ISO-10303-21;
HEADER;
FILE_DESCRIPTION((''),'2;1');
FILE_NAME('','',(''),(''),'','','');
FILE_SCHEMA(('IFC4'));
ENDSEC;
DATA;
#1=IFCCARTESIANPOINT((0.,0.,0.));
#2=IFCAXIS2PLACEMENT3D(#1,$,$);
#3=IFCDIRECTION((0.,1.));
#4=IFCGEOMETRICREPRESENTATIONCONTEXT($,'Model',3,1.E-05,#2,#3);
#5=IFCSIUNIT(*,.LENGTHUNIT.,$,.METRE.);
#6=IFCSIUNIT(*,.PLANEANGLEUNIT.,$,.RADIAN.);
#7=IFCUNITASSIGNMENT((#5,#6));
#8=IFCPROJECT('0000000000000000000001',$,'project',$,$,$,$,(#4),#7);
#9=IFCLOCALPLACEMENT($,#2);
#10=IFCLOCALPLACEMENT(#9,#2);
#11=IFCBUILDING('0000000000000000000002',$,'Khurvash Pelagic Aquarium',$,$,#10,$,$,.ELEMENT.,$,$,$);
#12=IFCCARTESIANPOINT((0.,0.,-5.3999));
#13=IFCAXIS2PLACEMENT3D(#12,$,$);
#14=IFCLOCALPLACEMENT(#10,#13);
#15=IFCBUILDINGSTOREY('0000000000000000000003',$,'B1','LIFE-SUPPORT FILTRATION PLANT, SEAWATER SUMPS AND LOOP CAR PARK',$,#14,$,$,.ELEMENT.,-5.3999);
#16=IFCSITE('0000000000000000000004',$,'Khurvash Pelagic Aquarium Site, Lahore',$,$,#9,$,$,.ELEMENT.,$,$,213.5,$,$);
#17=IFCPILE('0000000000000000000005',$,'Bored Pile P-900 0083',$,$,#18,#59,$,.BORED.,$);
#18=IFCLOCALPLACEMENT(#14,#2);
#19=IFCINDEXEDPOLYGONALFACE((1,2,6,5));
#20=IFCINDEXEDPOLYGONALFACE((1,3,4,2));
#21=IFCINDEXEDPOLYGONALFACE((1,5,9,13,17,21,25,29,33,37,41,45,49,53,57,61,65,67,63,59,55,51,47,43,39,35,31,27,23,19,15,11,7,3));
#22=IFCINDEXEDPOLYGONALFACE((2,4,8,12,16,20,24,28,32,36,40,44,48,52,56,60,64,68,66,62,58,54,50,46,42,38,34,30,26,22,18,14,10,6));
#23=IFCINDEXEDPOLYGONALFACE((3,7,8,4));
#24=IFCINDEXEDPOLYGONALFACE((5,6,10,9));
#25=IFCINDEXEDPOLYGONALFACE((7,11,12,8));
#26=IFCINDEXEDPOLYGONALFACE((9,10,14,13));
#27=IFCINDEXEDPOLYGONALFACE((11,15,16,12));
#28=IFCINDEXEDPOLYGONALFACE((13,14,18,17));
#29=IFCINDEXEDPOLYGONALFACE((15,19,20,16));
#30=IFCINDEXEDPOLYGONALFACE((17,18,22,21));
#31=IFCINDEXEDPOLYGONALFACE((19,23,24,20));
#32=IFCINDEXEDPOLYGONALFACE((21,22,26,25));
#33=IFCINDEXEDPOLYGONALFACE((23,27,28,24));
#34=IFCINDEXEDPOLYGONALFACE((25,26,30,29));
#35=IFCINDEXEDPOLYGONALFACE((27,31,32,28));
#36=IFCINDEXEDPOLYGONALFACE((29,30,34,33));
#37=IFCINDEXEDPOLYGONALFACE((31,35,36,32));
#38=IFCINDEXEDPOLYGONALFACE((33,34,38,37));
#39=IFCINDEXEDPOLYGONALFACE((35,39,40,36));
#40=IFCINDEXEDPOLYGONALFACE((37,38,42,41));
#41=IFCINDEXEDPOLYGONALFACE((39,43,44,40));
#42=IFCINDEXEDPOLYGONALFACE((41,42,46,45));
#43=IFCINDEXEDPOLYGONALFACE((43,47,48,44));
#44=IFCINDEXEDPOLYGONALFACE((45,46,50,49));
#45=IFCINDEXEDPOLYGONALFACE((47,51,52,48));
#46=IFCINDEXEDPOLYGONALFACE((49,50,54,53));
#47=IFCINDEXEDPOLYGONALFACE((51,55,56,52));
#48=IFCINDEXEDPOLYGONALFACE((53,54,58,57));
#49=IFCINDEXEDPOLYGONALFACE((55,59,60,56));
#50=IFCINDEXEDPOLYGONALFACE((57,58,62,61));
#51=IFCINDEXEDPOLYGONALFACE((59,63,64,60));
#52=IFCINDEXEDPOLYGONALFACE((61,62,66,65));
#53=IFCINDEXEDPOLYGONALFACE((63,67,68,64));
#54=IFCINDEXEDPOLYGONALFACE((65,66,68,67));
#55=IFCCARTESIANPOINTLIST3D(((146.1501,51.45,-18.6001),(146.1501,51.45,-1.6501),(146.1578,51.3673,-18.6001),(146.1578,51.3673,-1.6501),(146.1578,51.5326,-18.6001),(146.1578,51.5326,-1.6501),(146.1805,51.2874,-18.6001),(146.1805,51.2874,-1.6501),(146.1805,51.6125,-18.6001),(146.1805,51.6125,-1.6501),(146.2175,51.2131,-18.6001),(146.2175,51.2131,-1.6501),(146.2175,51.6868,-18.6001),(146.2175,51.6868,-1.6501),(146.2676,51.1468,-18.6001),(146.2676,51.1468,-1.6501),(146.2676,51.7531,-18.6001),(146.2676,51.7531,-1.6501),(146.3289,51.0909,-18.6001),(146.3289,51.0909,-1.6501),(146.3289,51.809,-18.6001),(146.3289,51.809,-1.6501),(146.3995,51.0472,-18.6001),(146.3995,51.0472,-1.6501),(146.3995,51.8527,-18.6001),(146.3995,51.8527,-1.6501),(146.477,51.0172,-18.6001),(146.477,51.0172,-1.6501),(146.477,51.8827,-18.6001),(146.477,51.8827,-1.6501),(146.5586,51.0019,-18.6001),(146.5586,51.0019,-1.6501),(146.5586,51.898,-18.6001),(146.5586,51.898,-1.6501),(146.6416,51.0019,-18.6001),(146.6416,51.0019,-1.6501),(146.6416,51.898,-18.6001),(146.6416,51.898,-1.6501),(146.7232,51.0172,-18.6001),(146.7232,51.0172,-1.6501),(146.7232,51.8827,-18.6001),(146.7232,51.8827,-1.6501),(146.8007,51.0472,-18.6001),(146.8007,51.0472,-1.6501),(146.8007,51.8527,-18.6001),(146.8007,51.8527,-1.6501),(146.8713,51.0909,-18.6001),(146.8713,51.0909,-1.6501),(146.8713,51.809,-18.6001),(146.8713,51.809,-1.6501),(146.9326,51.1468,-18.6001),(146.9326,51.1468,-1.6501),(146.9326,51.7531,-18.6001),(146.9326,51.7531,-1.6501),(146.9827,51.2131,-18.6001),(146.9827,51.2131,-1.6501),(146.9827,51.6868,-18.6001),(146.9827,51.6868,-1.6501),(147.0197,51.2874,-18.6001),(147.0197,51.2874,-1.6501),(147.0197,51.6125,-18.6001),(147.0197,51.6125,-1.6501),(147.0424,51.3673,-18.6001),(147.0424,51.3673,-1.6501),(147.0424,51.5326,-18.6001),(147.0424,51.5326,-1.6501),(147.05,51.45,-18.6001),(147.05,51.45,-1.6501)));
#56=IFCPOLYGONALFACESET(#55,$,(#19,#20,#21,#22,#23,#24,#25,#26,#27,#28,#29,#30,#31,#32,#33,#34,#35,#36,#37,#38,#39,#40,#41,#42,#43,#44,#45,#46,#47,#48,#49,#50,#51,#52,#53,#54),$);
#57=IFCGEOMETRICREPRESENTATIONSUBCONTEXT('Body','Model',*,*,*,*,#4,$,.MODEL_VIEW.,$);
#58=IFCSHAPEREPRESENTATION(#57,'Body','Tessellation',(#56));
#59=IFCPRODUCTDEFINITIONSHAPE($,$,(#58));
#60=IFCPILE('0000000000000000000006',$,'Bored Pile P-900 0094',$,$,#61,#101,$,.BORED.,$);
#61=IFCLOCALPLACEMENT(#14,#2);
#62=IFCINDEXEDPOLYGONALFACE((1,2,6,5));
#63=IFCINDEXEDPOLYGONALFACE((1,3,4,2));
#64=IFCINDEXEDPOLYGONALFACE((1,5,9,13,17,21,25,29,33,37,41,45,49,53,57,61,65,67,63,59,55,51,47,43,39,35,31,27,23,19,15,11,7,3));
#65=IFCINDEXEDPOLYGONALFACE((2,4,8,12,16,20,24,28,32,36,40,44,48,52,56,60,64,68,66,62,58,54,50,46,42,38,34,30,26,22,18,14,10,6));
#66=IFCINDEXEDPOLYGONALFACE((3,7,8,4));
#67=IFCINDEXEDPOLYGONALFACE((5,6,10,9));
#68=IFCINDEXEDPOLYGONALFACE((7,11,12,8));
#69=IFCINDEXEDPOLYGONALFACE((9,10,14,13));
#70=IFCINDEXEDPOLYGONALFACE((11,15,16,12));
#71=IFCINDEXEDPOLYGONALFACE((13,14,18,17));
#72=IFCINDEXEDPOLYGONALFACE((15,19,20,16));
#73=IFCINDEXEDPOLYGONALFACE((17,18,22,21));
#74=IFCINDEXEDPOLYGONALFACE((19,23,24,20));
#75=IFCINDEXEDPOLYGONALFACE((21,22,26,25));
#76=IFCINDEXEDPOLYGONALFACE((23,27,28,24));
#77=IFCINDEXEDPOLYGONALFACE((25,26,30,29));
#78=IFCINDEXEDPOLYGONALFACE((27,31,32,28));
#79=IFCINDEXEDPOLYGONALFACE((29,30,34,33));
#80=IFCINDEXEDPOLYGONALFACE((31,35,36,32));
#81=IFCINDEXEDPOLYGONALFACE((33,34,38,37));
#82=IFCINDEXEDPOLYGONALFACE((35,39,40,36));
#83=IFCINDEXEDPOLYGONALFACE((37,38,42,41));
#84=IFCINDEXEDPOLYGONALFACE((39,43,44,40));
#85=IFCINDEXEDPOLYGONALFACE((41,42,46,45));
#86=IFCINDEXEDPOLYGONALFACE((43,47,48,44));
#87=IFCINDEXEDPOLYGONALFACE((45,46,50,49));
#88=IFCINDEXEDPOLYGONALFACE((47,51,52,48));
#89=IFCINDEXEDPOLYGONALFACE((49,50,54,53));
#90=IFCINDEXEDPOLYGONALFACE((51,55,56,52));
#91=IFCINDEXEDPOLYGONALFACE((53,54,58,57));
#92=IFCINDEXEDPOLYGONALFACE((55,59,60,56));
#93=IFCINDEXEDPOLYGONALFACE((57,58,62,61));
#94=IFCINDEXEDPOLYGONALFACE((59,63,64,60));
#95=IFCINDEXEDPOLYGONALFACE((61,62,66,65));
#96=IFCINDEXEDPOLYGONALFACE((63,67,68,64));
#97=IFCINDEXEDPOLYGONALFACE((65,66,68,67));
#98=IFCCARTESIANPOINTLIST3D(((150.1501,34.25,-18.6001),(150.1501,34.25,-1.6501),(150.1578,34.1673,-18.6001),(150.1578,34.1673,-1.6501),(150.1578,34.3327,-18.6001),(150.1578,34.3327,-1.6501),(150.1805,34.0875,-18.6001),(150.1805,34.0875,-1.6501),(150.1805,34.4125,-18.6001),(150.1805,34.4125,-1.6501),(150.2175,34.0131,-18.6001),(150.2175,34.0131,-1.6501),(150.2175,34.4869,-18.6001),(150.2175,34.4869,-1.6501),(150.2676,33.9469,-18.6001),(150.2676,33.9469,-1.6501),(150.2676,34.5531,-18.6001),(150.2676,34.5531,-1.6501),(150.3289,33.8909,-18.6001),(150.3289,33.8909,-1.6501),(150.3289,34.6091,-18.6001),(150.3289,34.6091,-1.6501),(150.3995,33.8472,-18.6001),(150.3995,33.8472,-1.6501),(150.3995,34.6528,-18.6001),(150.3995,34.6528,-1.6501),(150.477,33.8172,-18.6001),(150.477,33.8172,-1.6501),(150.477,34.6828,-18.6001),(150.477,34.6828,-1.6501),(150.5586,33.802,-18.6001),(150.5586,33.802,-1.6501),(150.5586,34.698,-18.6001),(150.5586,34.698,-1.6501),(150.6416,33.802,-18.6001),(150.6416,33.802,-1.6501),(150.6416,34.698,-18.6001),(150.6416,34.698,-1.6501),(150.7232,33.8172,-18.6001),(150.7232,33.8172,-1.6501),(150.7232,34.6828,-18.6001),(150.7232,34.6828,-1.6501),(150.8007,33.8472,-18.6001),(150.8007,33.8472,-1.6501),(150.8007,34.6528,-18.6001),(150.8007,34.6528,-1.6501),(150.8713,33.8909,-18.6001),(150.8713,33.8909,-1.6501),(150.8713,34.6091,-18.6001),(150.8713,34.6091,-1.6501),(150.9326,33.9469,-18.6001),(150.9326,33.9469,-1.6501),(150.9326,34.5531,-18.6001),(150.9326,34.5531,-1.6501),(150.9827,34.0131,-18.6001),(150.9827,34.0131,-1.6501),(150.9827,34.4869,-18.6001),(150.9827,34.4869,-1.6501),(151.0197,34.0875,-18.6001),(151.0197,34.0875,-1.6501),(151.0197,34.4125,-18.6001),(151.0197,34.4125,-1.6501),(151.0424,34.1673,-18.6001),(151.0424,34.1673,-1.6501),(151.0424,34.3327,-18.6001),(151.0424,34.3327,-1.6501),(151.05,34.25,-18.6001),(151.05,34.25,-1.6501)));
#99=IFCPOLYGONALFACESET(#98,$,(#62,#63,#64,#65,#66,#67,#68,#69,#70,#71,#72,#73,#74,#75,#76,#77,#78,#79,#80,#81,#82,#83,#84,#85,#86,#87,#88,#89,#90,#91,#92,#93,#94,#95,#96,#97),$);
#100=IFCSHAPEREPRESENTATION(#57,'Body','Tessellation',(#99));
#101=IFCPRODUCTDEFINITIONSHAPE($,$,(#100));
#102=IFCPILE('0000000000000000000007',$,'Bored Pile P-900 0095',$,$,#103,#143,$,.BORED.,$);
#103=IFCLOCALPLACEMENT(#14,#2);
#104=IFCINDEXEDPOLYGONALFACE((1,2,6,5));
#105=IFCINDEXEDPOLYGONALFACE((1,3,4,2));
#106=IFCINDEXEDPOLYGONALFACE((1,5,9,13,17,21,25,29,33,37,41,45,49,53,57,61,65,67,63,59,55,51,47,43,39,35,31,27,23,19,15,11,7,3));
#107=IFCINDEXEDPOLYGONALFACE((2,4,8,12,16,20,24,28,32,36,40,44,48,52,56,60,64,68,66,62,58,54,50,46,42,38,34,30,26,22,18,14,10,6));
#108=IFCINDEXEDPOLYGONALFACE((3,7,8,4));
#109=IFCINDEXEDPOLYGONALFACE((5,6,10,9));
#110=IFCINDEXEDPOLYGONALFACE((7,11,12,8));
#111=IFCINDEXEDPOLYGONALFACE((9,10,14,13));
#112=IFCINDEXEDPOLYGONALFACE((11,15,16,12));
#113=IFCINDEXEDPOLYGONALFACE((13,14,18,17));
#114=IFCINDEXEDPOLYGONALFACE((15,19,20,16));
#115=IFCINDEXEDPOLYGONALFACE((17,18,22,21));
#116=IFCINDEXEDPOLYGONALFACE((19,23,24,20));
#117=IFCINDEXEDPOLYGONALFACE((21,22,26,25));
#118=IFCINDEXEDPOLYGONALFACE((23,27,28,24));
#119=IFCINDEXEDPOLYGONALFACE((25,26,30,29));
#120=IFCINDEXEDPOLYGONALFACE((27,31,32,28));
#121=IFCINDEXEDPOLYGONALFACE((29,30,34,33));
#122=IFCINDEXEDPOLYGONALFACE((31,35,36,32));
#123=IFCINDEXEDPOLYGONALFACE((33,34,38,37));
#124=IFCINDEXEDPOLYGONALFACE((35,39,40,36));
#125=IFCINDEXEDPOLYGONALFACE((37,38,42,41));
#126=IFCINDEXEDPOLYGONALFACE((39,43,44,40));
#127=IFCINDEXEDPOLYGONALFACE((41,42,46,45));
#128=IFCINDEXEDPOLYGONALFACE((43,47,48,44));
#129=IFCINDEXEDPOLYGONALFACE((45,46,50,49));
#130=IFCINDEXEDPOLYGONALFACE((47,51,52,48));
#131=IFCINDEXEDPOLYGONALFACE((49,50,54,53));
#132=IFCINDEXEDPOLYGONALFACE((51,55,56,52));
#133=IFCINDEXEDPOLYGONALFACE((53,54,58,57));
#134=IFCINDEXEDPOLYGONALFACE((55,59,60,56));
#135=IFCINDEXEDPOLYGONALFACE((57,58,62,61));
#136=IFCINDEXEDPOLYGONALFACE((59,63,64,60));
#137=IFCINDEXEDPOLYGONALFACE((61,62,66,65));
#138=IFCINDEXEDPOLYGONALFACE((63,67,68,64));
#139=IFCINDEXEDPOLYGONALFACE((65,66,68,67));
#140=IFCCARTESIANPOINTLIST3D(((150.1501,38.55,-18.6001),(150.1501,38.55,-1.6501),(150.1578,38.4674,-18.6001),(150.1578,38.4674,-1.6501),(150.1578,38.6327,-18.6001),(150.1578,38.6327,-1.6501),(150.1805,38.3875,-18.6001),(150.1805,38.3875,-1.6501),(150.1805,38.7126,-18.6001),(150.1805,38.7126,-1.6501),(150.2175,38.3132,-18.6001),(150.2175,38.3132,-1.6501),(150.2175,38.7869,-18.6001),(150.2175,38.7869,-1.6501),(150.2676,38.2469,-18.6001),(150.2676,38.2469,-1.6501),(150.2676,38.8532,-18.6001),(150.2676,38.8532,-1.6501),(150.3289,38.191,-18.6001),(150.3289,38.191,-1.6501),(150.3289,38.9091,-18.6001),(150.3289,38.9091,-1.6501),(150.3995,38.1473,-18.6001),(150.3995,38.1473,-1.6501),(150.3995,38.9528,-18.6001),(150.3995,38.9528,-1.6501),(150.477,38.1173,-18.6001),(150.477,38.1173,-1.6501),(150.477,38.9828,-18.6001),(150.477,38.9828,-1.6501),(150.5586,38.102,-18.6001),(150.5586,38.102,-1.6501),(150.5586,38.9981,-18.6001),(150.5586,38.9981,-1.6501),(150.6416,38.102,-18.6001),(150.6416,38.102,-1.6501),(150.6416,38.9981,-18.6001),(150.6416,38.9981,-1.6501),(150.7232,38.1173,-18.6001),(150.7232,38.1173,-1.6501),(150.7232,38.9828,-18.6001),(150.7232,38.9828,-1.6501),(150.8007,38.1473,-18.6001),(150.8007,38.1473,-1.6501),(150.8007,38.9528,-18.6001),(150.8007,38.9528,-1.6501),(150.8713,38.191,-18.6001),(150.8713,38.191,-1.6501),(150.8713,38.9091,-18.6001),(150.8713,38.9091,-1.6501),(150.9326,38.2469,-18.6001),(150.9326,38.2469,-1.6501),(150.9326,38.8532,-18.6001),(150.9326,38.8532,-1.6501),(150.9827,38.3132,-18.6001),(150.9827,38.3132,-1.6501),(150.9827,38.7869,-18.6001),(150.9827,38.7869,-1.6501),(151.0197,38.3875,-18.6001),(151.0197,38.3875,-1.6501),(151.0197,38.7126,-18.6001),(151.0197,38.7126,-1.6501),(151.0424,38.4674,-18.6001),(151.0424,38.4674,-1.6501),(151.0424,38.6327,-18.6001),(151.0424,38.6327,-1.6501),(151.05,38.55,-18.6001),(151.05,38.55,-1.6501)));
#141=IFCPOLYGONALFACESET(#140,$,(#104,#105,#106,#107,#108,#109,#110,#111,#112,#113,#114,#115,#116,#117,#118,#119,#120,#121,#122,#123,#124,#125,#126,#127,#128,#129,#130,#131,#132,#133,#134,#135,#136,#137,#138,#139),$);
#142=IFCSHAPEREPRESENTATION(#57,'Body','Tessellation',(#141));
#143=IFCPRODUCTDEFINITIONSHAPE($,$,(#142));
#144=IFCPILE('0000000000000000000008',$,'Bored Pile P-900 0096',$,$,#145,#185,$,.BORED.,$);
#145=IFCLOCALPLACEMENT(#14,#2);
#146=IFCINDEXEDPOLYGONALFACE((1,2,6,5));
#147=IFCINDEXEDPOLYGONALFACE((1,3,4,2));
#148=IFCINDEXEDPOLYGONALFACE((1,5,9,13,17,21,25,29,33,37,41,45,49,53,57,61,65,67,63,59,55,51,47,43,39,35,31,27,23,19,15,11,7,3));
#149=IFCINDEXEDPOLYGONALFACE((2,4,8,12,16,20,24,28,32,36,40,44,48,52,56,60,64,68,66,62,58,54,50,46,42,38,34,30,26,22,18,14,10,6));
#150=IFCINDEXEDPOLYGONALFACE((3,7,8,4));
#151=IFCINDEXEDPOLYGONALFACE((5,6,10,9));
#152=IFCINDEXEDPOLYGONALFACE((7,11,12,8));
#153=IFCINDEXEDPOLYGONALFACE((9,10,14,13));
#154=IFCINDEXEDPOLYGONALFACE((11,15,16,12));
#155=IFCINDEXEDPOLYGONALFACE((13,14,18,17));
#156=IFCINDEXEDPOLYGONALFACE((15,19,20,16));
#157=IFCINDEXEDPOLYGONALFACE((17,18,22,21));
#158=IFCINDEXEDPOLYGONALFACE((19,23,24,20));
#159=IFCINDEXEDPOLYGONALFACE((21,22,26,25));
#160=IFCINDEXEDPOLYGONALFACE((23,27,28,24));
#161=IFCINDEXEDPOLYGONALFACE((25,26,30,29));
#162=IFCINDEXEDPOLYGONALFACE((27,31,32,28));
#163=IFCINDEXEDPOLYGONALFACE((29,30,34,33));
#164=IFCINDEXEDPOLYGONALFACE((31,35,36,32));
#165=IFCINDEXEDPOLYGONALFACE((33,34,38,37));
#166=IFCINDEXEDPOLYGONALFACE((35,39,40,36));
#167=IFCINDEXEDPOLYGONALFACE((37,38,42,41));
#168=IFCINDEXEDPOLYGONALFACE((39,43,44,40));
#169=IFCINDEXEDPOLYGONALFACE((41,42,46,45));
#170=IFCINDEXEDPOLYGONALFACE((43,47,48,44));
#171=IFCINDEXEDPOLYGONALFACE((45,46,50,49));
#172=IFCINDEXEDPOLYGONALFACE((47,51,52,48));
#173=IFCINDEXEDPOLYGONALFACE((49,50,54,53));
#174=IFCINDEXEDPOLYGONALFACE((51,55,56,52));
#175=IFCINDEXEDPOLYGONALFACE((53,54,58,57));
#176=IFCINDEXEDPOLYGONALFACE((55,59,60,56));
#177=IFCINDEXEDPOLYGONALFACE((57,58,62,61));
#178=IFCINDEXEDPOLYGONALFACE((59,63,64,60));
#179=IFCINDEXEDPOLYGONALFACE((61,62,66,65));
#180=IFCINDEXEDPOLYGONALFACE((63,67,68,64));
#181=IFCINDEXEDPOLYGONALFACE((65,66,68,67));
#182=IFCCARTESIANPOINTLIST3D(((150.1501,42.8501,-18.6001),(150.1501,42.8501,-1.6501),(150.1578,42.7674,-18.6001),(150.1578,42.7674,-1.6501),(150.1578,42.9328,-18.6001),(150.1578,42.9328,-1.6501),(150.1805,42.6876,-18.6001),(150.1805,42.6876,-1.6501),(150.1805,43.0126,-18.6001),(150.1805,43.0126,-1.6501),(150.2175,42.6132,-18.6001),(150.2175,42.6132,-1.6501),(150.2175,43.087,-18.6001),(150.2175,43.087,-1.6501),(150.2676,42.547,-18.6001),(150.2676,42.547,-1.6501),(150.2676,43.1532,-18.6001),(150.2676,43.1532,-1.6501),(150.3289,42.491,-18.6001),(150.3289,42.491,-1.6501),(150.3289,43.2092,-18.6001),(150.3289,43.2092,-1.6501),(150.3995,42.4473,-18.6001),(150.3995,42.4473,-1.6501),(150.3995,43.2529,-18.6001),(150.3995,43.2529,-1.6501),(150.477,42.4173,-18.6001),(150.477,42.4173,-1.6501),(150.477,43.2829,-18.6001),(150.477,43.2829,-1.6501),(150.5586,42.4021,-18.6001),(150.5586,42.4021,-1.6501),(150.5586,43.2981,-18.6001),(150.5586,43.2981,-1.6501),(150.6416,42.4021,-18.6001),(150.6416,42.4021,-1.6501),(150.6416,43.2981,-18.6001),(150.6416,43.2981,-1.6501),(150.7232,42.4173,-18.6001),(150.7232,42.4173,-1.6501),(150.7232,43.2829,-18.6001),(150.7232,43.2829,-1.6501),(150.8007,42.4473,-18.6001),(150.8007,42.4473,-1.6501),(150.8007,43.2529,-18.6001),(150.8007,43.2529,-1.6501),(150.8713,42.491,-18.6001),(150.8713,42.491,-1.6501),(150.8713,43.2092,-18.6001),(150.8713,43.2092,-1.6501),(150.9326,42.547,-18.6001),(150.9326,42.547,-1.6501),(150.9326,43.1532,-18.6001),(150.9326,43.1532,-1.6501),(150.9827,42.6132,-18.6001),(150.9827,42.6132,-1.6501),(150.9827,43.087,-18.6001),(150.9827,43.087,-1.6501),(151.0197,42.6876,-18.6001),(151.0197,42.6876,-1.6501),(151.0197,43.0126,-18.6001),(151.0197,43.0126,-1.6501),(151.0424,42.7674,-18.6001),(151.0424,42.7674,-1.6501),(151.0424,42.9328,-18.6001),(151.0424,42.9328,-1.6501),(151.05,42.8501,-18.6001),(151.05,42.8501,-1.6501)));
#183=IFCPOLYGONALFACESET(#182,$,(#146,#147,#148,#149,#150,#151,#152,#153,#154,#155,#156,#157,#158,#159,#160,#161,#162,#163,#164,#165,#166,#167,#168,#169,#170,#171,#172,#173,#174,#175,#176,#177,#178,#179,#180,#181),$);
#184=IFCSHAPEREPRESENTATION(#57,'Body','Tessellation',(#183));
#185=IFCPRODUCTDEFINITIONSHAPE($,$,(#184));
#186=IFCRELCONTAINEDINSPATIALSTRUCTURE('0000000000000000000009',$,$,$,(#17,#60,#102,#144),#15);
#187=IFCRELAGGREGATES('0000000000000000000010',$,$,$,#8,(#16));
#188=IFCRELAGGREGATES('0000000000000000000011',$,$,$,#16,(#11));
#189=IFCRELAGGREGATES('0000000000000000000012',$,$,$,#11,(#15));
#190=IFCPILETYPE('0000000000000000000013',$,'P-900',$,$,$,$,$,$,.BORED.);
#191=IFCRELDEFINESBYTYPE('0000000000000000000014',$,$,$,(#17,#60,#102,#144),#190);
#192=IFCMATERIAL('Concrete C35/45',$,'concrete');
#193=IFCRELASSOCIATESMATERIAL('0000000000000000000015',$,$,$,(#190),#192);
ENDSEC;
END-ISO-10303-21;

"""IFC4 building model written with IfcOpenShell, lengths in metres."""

from ifc_helpers import new_model, si_unit, direction, frame, origin, origin_2d, place, context, subcontext, project, spatial, circle, extrude, material, material_profile, profile_set, type_object, element, save


model = new_model("IFC4")

# Units and contexts
model_context = context("Model", 3, precision=1e-05, world=origin(), true_north=direction((0.0, 1.0)))
body_context = subcontext(model_context, "Body", "Model", "MODEL_VIEW")
ifc_project = project(units=[si_unit("LENGTHUNIT", "METRE"), si_unit("PLANEANGLEUNIT", "RADIAN")], contexts=[model_context])

# Site, building, storey
site_placement = place(None, origin())
site = spatial("IfcSite", under=ifc_project, at=site_placement, Name="Khurvash Pelagic Aquarium Site, Lahore", CompositionType="ELEMENT", RefElevation=213.5)
building_placement = place(site_placement, origin())
building = spatial("IfcBuilding", under=site, at=building_placement, Name="Khurvash Pelagic Aquarium", CompositionType="ELEMENT")
storey_placement = place(building_placement, frame((0.0, 0.0, -5.3999)))
storey = spatial("IfcBuildingStorey", under=building, at=storey_placement, Name="B1", Description="LIFE-SUPPORT FILTRATION PLANT, SEAWATER SUMPS AND LOOP CAR PARK", CompositionType="ELEMENT", Elevation=-5.3999)

# Piles
ifc_material_1 = material(Name="Concrete C35/45", Category="concrete")
ifc_material_profile_1 = material_profile(ifc_material_1, circle(Radius=0.45, at=origin_2d()), Name="PILE900")
ifc_profile_set_1 = profile_set([ifc_material_profile_1], Name="Concrete C35/45")
pile_type = type_object("IfcPileType", Name="P-900", PredefinedType="BORED", material=ifc_profile_set_1)
for number, where, z_axis, x_axis, name in (
    (1, (146.6001, 51.45, -1.6501), (0.0, 0.0, -1.0), (1.0, 0.0, 0.0), "Bored Pile P-900 0083"),
    (2, (150.6001, 34.25, -1.6501), (0.0, 0.0, -1.0), (1.0, 0.0, 0.0), "Bored Pile P-900 0094"),
    (3, (150.6001, 38.55, -1.6501), (0.0, 0.0, -1.0), (1.0, 0.0, 0.0), "Bored Pile P-900 0095"),
    (4, (150.6001, 42.8501, -1.6501), (0.0, 0.0, -1.0), (1.0, 0.0, 0.0), "Bored Pile P-900 0096"),
):
    element("IfcPile", number, at=place(storey_placement, frame(where, z_axis=z_axis, x_axis=x_axis)), inside=storey, type_object=pile_type, Name=name, PredefinedType="BORED", context=body_context, shape_type="SweptSolid", body=[
        extrude(circle(Radius=0.45, at=origin_2d()), origin(), (0.0, 0.0, 1.0), 16.95),
    ])

save(model, "model.ifc")
